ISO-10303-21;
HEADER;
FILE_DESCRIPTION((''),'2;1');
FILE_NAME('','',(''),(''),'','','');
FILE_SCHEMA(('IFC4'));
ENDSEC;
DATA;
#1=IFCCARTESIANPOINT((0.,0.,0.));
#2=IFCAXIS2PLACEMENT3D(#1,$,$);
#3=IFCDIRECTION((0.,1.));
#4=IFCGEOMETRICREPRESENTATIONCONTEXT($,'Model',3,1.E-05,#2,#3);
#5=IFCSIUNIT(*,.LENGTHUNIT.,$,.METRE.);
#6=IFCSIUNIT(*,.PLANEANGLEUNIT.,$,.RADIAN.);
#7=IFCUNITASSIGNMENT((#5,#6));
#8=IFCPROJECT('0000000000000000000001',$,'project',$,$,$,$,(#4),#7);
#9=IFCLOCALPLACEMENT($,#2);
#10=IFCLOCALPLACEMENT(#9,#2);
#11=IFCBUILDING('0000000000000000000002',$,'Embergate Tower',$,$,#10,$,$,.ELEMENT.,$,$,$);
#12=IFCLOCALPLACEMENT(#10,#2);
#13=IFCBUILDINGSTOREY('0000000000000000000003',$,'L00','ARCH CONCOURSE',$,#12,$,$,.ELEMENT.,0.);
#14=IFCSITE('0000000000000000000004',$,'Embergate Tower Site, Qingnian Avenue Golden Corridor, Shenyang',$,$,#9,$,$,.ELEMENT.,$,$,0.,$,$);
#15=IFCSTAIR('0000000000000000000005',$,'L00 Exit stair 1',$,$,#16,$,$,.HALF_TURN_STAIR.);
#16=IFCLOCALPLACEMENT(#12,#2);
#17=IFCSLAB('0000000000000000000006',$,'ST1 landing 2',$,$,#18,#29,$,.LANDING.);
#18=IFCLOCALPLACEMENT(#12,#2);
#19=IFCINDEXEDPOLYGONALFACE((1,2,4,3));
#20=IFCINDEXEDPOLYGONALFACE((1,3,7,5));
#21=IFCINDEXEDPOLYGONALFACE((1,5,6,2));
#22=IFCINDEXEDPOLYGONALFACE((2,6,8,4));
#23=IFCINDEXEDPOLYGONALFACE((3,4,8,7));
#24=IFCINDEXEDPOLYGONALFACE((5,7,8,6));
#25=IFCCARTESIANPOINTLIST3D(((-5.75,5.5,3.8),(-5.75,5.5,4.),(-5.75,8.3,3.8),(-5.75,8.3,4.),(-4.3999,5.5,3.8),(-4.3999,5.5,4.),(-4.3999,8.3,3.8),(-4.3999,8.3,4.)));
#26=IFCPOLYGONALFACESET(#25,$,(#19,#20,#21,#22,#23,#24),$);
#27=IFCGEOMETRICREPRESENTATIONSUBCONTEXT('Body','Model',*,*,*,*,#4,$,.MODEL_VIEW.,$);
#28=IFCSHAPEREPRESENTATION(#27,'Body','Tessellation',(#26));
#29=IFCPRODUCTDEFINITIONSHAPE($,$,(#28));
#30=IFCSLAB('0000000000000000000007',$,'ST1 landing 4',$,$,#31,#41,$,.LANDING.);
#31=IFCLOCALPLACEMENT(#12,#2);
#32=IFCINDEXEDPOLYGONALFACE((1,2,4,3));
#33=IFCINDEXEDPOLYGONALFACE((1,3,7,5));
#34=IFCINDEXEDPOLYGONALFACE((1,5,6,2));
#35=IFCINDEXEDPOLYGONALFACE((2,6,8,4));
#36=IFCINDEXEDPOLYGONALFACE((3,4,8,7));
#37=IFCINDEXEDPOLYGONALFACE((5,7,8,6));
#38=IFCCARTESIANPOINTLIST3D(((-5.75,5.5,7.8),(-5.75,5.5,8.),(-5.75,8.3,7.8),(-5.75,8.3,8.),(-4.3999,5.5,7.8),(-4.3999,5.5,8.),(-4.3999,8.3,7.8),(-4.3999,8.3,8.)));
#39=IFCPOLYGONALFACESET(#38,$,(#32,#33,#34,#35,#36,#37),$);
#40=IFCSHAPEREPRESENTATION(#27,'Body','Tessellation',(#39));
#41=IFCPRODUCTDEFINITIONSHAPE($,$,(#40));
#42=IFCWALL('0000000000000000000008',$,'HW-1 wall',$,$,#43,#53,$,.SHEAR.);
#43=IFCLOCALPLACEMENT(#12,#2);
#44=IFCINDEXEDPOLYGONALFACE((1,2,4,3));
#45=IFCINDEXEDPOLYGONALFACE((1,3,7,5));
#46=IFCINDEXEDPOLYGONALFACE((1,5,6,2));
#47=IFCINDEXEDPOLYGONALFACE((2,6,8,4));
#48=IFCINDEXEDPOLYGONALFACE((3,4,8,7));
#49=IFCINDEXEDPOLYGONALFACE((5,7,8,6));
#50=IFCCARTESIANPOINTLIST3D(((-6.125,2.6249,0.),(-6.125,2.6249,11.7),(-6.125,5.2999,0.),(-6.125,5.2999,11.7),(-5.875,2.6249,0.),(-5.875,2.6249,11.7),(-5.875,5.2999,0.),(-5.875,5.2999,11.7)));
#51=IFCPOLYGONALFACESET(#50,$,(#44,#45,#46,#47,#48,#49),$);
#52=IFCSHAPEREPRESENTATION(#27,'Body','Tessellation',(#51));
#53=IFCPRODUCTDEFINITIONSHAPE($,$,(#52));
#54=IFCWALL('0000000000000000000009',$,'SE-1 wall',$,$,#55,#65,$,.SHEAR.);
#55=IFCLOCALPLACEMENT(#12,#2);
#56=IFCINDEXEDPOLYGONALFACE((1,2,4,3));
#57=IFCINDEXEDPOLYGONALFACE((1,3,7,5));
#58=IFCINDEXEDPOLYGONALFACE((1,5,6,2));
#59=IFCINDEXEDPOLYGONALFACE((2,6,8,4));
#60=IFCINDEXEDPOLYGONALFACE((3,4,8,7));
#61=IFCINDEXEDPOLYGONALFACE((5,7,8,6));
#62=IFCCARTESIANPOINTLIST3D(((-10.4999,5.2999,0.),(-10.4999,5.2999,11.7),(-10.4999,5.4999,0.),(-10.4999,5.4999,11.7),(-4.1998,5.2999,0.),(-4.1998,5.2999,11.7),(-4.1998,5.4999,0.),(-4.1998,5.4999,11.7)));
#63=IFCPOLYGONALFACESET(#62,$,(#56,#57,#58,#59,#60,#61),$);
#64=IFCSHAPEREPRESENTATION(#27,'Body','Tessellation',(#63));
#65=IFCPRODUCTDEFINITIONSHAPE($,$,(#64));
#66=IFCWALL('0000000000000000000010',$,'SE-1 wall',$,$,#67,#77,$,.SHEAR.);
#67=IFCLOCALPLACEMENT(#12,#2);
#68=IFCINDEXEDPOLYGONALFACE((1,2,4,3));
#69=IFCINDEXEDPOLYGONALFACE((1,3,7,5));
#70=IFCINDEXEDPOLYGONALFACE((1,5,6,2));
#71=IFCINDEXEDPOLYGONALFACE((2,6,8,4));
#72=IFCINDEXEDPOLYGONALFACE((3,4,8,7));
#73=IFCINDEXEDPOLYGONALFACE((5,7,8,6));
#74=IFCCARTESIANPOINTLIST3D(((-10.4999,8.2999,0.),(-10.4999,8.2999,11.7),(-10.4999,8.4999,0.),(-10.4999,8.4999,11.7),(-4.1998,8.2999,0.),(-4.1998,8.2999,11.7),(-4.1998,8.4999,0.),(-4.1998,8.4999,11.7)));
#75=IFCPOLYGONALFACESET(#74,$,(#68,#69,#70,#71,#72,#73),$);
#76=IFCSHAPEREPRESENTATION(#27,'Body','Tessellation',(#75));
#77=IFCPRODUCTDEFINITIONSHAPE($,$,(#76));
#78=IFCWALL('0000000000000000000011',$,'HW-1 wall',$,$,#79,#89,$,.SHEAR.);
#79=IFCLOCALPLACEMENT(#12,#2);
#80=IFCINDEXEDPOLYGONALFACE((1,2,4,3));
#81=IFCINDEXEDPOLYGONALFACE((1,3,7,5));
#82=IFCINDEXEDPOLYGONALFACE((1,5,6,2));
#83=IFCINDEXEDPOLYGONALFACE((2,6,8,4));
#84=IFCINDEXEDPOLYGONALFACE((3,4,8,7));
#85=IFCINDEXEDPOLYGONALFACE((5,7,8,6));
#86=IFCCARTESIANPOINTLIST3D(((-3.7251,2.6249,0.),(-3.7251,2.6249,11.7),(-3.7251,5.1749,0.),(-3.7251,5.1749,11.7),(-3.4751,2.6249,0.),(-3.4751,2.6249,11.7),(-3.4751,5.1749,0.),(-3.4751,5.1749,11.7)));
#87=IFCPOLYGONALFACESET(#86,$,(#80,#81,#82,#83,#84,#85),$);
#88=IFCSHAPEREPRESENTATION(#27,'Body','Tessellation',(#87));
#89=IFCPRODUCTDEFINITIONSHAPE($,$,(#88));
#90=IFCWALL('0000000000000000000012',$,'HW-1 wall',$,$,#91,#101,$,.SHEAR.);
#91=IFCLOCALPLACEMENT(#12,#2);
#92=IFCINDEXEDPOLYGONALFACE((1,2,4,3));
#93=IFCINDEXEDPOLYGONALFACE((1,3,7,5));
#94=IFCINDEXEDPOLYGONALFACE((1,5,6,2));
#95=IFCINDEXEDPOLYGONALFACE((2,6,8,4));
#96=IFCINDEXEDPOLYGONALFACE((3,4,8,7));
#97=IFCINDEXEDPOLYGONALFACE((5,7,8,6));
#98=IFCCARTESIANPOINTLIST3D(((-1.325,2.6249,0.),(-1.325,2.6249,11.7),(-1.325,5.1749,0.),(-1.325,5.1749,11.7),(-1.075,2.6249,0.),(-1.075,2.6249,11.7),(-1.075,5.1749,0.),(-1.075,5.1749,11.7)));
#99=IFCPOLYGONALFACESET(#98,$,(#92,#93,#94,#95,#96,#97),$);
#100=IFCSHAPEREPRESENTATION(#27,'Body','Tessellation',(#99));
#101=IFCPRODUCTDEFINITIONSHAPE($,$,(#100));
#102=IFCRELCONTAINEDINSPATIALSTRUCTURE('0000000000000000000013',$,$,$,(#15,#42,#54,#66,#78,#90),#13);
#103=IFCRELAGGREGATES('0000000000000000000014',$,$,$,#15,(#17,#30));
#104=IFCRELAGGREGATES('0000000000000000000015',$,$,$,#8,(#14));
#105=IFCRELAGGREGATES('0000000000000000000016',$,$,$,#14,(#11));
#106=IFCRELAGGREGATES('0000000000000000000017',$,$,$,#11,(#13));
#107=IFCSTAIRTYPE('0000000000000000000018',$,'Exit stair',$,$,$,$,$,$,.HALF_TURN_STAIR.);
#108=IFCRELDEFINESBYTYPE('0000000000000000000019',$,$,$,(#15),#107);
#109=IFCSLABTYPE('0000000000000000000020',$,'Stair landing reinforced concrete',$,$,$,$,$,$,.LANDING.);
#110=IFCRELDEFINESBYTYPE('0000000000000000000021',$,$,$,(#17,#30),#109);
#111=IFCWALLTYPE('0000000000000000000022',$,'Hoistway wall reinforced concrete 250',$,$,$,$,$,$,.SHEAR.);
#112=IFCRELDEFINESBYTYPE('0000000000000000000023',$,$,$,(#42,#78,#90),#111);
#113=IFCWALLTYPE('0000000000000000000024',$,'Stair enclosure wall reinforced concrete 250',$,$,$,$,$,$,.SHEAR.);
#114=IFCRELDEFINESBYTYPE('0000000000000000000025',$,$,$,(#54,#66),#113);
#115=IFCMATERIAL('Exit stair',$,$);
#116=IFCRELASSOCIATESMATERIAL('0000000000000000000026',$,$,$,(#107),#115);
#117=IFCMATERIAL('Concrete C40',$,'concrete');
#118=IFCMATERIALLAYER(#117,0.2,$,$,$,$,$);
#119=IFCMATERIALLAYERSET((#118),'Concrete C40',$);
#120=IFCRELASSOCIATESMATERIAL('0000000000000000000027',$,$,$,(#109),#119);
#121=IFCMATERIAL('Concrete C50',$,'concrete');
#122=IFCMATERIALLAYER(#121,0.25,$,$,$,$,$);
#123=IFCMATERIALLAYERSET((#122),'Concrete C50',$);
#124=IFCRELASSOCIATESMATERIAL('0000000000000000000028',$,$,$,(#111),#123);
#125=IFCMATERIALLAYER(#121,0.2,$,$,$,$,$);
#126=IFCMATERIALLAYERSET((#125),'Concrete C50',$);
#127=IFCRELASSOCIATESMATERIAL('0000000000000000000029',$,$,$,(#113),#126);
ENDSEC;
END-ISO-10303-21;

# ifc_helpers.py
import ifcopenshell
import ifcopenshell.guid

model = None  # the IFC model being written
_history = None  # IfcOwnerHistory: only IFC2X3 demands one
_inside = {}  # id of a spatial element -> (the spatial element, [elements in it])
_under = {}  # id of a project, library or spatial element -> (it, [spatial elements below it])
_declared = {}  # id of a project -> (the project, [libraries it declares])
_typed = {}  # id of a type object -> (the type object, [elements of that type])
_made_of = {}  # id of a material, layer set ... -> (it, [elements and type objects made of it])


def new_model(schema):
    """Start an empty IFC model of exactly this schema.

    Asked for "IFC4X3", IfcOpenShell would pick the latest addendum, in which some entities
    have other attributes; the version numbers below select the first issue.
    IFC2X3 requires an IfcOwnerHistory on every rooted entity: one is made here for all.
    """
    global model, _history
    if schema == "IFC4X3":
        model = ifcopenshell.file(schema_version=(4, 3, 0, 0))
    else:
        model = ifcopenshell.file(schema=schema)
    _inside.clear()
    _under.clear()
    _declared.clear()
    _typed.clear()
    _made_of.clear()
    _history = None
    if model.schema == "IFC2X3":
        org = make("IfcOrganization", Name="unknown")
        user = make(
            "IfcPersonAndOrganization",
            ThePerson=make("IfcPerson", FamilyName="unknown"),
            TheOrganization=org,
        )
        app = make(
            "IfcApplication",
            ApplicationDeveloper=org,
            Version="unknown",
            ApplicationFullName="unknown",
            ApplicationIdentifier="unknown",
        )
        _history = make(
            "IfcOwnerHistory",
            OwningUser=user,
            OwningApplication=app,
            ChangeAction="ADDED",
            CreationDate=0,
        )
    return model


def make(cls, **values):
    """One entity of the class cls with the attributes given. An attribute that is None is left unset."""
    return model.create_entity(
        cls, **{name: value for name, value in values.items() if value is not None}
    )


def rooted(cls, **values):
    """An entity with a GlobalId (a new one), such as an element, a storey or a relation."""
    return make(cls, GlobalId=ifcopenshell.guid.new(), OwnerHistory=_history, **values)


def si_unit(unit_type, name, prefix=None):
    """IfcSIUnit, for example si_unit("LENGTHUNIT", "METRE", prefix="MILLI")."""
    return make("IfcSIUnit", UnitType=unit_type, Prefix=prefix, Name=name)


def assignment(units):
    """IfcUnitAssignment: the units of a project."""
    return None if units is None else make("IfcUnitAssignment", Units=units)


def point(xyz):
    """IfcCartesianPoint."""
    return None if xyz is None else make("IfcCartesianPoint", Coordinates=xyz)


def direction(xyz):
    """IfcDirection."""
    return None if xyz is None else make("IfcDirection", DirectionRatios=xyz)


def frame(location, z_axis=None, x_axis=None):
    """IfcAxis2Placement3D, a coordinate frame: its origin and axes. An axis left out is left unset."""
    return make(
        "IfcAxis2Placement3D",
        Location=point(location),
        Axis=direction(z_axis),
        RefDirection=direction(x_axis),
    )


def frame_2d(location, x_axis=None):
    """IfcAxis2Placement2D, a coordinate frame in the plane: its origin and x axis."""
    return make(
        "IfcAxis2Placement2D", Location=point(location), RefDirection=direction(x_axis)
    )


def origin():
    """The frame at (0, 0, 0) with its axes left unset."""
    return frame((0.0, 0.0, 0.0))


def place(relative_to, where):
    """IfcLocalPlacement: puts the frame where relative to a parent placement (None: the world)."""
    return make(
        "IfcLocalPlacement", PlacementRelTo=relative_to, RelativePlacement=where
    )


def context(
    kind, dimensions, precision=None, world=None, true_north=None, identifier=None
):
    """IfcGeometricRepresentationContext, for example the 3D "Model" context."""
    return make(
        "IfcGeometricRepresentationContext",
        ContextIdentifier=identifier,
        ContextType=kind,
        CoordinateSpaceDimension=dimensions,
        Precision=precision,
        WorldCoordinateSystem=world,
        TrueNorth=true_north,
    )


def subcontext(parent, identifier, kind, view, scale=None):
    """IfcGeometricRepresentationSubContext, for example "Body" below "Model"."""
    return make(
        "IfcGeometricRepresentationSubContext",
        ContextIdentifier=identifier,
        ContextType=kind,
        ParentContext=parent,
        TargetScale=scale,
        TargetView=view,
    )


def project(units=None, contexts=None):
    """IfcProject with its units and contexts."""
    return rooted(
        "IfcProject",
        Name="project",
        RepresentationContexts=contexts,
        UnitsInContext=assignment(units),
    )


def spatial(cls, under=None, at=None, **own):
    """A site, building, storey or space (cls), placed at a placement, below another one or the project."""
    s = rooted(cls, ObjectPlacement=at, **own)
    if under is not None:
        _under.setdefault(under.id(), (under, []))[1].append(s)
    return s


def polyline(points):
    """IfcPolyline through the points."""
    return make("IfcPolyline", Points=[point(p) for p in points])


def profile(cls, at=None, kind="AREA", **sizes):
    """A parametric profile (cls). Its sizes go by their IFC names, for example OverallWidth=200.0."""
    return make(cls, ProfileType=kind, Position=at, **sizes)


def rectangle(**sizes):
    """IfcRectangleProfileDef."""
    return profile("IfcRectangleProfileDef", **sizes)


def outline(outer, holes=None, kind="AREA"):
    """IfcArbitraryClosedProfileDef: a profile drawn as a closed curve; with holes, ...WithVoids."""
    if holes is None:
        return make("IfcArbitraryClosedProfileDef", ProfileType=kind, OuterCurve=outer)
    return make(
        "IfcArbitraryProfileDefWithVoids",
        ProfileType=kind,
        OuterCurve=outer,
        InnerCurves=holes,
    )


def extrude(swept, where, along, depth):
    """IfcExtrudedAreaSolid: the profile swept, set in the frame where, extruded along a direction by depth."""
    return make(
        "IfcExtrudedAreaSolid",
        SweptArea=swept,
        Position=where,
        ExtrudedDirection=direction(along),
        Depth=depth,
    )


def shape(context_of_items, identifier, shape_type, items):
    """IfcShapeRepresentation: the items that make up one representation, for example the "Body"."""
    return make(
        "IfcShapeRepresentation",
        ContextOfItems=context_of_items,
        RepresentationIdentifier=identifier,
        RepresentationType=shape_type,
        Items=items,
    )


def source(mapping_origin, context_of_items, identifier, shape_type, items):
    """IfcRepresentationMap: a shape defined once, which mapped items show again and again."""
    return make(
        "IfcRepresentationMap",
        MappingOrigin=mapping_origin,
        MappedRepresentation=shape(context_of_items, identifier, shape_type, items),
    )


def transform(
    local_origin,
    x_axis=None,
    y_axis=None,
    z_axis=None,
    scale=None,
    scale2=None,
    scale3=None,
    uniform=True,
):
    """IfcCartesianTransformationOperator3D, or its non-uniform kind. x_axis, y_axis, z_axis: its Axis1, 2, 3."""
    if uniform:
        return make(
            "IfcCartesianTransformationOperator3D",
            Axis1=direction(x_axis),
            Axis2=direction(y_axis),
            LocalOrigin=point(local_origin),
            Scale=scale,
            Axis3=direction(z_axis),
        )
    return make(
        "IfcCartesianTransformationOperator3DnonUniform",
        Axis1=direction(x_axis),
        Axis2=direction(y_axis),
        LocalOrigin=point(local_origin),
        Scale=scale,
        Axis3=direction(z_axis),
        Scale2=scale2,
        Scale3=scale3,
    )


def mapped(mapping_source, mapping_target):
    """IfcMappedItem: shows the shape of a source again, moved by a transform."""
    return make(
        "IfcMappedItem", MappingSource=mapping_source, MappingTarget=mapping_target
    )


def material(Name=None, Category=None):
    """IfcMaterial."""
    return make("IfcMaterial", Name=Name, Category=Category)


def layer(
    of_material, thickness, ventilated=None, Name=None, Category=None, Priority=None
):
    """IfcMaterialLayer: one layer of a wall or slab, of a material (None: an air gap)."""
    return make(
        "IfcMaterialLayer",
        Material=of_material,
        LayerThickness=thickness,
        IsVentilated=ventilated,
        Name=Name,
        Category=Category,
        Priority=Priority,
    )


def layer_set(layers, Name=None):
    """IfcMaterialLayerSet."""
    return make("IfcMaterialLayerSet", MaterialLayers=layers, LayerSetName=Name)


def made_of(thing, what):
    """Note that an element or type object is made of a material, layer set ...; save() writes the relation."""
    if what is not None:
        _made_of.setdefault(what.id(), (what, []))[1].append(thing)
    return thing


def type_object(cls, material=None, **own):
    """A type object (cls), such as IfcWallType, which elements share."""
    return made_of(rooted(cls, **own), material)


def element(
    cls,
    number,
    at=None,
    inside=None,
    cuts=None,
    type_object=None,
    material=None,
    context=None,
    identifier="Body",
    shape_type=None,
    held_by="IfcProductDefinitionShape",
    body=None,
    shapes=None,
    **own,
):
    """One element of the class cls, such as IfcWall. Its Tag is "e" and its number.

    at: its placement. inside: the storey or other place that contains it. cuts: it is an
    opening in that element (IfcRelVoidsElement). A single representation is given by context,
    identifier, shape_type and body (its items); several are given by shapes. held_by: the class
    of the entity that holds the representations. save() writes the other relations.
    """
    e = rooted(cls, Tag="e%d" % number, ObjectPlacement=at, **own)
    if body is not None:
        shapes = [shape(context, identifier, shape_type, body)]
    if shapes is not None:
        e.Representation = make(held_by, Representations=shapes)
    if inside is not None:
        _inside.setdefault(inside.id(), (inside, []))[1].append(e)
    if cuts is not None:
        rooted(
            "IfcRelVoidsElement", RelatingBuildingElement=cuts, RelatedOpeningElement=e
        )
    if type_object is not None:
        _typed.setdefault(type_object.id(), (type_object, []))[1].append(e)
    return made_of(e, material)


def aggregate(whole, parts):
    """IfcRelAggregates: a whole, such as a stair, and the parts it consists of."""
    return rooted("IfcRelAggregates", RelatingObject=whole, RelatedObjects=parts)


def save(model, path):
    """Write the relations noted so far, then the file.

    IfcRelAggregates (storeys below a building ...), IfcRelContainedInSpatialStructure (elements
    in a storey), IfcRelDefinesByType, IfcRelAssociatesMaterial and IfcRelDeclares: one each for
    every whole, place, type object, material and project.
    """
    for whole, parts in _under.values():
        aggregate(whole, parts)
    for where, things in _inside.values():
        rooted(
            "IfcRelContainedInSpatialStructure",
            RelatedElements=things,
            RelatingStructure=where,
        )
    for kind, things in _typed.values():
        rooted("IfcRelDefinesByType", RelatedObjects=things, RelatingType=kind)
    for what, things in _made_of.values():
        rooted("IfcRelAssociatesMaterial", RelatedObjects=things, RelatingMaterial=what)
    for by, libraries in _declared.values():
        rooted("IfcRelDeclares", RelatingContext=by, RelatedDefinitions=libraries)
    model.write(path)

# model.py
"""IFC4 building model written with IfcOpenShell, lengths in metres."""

from ifc_helpers import new_model, si_unit, direction, frame, frame_2d, origin, place, context, subcontext, project, spatial, polyline, rectangle, outline, extrude, source, transform, mapped, material, layer, layer_set, type_object, element, aggregate, save


model = new_model("IFC4")

# Units and contexts
model_context = context("Model", 3, precision=1e-05, world=origin(), true_north=direction((0.0, 1.0)))
body_context = subcontext(model_context, "Body", "Model", "MODEL_VIEW")
ifc_project = project(units=[si_unit("LENGTHUNIT", "METRE"), si_unit("PLANEANGLEUNIT", "RADIAN")], contexts=[model_context])

# Site, building, storey
site_placement = place(None, origin())
site = spatial("IfcSite", under=ifc_project, at=site_placement, Name="Embergate Tower Site, Qingnian Avenue Golden Corridor, Shenyang", CompositionType="ELEMENT", RefElevation=0.0)
building_placement = place(site_placement, origin())
building = spatial("IfcBuilding", under=site, at=building_placement, Name="Embergate Tower", CompositionType="ELEMENT")
storey_placement = place(building_placement, origin())
storey = spatial("IfcBuildingStorey", under=building, at=storey_placement, Name="L00", Description="ARCH CONCOURSE", CompositionType="ELEMENT", Elevation=0.0)

# Stair, slabs
ifc_material_1 = material(Name="Exit stair")
stair_type = type_object("IfcStairType", Name="Exit stair", PredefinedType="HALF_TURN_STAIR", material=ifc_material_1)
stair_placement = place(storey_placement, origin())
stair = element("IfcStair", 1, at=stair_placement, inside=storey, type_object=stair_type, Name="L00 Exit stair 1", PredefinedType="HALF_TURN_STAIR")
ifc_material_2 = material(Name="Concrete C40", Category="concrete")
ifc_layer_1 = layer(ifc_material_2, 0.2)
ifc_layer_set_1 = layer_set([ifc_layer_1], Name="Concrete C40")
slab_type = type_object("IfcSlabType", Name="Stair landing reinforced concrete", PredefinedType="LANDING", material=ifc_layer_set_1)
shared_shape_1 = source(origin(), body_context, "Body", "SweptSolid", [
    extrude(outline(polyline([(0.0, 0.0), (1.3501, 0.0), (1.3501, 2.8), (0.0, 2.8), (0.0, 0.0)])), origin(), (0.0, 0.0, 1.0), 0.2),
])
slab_1_placement = place(storey_placement, frame((-5.75, 5.5, 3.8)))
slab_1 = element("IfcSlab", 2, at=slab_1_placement, type_object=slab_type, Name="ST1 landing 2", PredefinedType="LANDING", context=body_context, shape_type="MappedRepresentation", body=[
    mapped(shared_shape_1, transform((0.0, 0.0, 0.0))),
])
slab_2_placement = place(storey_placement, frame((-5.75, 5.5, 7.8)))
slab_2 = element("IfcSlab", 3, at=slab_2_placement, type_object=slab_type, Name="ST1 landing 4", PredefinedType="LANDING", context=body_context, shape_type="MappedRepresentation", body=[
    mapped(shared_shape_1, transform((0.0, 0.0, 0.0))),
])

# Walls
ifc_material_3 = material(Name="Concrete C50", Category="concrete")
ifc_layer_2 = layer(ifc_material_3, 0.25)
ifc_layer_set_2 = layer_set([ifc_layer_2], Name="Concrete C50")
wall_type_1 = type_object("IfcWallType", Name="Hoistway wall reinforced concrete 250", PredefinedType="SHEAR", material=ifc_layer_set_2)
shared_shape_2 = source(origin(), body_context, "Body", "SweptSolid", [
    extrude(rectangle(XDim=2.675, YDim=0.25, at=frame_2d((1.3374, 0.0))), origin(), (0.0, 0.0, 1.0), 11.7),
])
wall_1_placement = place(storey_placement, frame((-6.0, 2.625, 0.0), z_axis=(0.0, 0.0, 1.0), x_axis=(0.0, 1.0, 0.0)))
element("IfcWall", 4, at=wall_1_placement, inside=storey, type_object=wall_type_1, Name="HW-1 wall", PredefinedType="SHEAR", context=body_context, shape_type="MappedRepresentation", body=[
    mapped(shared_shape_2, transform((0.0, 0.0, 0.0))),
])
ifc_layer_3 = layer(ifc_material_3, 0.2)
ifc_layer_set_3 = layer_set([ifc_layer_3], Name="Concrete C50")
wall_type_2 = type_object("IfcWallType", Name="Stair enclosure wall reinforced concrete 250", PredefinedType="SHEAR", material=ifc_layer_set_3)
shared_shape_3 = source(origin(), body_context, "Body", "SweptSolid", [
    extrude(rectangle(XDim=6.3, YDim=0.2, at=frame_2d((3.1499, 0.0))), origin(), (0.0, 0.0, 1.0), 11.7),
])
for number, where, z_axis, x_axis, name in (
    (5, (-4.2, 5.3999, 0.0), (0.0, 0.0, 1.0), (-1.0, 0.0, 0.0), "SE-1 wall"),
    (6, (-4.2, 8.3999, 0.0), (0.0, 0.0, 1.0), (-1.0, 0.0, 0.0), "SE-1 wall"),
):
    element("IfcWall", number, at=place(storey_placement, frame(where, z_axis=z_axis, x_axis=x_axis)), inside=storey, type_object=wall_type_2, Name=name, PredefinedType="SHEAR", context=body_context, shape_type="MappedRepresentation", body=[
        mapped(shared_shape_3, transform((0.0, 0.0, 0.0))),
    ])
shared_shape_4 = source(origin(), body_context, "Body", "SweptSolid", [
    extrude(rectangle(XDim=2.55, YDim=0.25, at=frame_2d((1.2749, 0.0))), origin(), (0.0, 0.0, 1.0), 11.7),
])
for number, where, z_axis, x_axis, name in (
    (7, (-3.6001, 2.625, 0.0), (0.0, 0.0, 1.0), (0.0, 1.0, 0.0), "HW-1 wall"),
    (8, (-1.2, 2.625, 0.0), (0.0, 0.0, 1.0), (0.0, 1.0, 0.0), "HW-1 wall"),
):
    element("IfcWall", number, at=place(storey_placement, frame(where, z_axis=z_axis, x_axis=x_axis)), inside=storey, type_object=wall_type_1, Name=name, PredefinedType="SHEAR", context=body_context, shape_type="MappedRepresentation", body=[
        mapped(shared_shape_4, transform((0.0, 0.0, 0.0))),
    ])

aggregate(stair, [slab_1, slab_2])

save(model, "model.ifc")
